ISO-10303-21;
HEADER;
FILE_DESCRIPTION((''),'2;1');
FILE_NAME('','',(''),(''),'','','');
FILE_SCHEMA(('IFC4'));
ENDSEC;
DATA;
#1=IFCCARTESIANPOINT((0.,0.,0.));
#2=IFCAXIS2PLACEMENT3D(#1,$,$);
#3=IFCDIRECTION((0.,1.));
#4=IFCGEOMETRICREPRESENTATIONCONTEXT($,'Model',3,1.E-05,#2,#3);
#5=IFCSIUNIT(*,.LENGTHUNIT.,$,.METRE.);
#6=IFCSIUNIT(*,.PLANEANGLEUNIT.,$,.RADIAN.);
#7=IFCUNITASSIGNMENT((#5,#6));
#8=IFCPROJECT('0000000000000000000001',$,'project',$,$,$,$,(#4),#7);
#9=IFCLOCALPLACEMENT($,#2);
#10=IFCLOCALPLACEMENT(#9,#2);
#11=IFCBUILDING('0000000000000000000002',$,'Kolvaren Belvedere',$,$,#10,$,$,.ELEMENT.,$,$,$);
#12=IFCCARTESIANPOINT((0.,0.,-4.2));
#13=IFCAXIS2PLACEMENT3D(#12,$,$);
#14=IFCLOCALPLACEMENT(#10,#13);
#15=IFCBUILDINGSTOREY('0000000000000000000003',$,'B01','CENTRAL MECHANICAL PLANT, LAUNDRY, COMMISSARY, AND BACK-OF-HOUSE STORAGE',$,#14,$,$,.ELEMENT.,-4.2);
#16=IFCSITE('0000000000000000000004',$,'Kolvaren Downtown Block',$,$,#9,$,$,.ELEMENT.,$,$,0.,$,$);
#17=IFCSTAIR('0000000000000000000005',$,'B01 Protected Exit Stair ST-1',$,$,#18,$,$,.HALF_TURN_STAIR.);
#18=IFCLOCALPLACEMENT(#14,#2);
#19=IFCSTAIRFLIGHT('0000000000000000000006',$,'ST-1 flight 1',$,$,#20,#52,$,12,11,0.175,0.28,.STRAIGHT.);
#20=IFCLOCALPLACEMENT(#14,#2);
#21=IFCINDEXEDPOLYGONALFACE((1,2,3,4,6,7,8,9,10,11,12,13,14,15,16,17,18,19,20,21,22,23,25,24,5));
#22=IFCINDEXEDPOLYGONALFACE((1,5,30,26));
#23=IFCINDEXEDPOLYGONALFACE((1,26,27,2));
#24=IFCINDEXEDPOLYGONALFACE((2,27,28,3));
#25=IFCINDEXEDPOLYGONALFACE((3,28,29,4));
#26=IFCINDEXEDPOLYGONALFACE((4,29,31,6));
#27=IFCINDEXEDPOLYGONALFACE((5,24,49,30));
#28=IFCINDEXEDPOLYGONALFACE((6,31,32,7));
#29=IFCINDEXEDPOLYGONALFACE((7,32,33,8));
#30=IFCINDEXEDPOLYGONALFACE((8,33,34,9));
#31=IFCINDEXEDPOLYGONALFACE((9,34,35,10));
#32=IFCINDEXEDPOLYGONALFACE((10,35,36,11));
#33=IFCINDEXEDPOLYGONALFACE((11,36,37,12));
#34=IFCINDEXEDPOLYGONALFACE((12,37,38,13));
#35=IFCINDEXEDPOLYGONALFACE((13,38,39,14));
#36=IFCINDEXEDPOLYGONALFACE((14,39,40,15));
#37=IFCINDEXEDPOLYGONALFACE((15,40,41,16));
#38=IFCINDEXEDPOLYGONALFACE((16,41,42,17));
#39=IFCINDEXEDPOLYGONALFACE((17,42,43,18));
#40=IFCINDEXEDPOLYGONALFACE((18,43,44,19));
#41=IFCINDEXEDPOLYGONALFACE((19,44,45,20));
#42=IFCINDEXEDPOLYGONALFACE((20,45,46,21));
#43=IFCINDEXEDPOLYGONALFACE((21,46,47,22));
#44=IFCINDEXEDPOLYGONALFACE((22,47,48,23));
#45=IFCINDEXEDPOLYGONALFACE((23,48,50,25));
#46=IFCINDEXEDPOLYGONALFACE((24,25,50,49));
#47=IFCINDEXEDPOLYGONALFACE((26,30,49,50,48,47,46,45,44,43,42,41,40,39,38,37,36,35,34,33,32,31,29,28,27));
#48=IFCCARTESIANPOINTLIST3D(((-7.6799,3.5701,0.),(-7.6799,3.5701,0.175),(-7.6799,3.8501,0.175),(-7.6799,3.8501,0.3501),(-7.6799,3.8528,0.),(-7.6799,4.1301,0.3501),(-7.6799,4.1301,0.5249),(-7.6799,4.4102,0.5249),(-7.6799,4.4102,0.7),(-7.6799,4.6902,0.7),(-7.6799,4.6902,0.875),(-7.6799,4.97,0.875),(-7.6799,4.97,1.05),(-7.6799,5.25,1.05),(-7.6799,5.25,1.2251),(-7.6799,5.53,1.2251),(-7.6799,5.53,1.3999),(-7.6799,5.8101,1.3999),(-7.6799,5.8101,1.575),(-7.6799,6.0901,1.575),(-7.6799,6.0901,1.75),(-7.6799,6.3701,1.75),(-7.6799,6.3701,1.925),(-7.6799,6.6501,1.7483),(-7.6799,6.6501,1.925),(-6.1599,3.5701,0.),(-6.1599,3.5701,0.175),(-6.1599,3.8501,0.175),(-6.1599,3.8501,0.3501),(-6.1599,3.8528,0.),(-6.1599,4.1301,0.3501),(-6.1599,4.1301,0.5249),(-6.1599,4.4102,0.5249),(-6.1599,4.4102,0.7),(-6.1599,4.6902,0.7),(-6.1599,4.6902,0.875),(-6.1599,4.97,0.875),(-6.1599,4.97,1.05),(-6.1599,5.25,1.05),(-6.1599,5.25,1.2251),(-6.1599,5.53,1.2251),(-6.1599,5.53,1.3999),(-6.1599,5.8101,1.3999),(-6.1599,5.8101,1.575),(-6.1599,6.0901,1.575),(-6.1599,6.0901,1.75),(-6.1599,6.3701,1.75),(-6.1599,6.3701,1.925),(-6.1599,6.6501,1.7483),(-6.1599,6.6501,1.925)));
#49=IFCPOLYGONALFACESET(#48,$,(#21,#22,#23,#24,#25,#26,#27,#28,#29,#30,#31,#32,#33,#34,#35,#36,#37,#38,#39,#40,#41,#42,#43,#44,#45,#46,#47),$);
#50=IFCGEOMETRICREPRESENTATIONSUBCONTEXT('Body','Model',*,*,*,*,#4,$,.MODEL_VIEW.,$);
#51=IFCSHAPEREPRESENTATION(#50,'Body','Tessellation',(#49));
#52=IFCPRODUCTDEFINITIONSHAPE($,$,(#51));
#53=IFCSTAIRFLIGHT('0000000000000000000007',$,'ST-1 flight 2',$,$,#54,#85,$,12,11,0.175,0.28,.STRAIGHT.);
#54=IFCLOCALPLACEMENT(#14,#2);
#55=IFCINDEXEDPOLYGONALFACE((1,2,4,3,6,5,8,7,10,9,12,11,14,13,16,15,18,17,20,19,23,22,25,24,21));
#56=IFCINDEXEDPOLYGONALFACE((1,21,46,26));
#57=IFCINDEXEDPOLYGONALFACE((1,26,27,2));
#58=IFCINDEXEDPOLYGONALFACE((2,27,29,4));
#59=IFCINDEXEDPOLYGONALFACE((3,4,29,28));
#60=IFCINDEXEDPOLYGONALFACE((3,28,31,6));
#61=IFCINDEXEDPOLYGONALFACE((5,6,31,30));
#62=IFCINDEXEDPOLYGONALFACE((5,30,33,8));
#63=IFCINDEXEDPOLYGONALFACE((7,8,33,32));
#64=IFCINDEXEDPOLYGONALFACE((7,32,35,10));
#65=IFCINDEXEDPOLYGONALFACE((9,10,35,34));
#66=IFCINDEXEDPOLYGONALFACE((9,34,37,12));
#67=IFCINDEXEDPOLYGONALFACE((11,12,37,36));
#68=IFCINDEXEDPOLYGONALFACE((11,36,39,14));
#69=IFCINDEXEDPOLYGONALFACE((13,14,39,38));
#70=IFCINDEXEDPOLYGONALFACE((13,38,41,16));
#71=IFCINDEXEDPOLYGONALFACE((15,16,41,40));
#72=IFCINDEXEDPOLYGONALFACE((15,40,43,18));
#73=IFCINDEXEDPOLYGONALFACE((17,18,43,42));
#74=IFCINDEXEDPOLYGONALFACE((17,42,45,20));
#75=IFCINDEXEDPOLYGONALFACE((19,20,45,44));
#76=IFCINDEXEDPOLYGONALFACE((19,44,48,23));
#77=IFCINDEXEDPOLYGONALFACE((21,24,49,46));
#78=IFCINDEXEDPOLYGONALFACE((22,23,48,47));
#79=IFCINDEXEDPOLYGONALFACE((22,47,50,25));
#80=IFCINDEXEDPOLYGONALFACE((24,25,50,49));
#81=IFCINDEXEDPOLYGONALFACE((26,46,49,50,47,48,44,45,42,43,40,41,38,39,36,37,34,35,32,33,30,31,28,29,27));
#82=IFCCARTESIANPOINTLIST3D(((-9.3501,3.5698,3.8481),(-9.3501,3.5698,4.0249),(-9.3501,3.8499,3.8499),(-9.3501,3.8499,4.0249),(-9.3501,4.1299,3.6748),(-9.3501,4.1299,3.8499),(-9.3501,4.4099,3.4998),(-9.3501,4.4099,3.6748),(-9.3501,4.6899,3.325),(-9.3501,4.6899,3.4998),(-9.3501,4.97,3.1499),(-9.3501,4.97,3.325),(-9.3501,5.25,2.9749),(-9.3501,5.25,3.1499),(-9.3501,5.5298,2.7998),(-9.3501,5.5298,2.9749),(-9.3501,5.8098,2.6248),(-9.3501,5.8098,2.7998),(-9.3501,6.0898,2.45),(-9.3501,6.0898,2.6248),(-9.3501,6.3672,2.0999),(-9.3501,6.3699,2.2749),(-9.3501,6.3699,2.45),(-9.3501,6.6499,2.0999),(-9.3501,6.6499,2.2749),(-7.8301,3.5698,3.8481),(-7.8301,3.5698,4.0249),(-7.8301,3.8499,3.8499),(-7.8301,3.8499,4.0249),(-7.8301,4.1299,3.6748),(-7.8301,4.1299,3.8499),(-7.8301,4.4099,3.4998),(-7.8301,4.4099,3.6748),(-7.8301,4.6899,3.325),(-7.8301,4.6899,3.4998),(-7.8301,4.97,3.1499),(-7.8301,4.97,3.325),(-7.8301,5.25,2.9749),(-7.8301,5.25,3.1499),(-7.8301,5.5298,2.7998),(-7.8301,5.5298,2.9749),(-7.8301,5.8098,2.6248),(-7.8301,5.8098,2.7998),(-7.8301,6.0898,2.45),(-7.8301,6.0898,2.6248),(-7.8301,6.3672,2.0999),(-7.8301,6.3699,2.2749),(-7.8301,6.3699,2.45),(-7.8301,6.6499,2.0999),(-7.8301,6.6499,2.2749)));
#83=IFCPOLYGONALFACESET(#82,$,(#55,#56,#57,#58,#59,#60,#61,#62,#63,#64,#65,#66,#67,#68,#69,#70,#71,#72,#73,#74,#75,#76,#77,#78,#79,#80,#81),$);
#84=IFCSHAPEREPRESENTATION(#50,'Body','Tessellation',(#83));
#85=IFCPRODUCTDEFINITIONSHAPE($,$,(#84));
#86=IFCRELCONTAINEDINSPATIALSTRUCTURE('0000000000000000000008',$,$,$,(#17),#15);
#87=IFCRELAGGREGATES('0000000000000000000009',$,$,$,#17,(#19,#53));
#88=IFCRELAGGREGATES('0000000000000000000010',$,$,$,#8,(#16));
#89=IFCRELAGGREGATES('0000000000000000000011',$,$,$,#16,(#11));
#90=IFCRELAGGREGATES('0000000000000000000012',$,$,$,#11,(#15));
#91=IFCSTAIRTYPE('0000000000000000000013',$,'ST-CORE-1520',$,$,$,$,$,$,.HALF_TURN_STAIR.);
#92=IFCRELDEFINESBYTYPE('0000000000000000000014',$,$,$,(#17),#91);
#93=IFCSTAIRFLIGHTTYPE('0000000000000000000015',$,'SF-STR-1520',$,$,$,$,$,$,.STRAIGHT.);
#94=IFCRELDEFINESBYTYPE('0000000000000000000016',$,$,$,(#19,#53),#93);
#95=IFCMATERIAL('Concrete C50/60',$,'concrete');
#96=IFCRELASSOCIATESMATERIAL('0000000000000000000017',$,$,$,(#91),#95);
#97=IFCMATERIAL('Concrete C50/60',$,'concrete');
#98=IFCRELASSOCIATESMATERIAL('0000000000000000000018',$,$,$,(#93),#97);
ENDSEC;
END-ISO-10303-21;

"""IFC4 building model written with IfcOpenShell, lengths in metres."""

from ifc_helpers import new_model, si_unit, direction, frame, origin, place, context, subcontext, project, spatial, polyline, outline, extrude, material, type_object, element, aggregate, save


model = new_model("IFC4")

# Units and contexts
model_context = context("Model", 3, precision=1e-05, world=origin(), true_north=direction((0.0, 1.0)))
body_context = subcontext(model_context, "Body", "Model", "MODEL_VIEW")
ifc_project = project(units=[si_unit("LENGTHUNIT", "METRE"), si_unit("PLANEANGLEUNIT", "RADIAN")], contexts=[model_context])

# Site, building, storey
site_placement = place(None, origin())
site = spatial("IfcSite", under=ifc_project, at=site_placement, Name="Kolvaren Downtown Block", CompositionType="ELEMENT", RefElevation=0.0)
building_placement = place(site_placement, origin())
building = spatial("IfcBuilding", under=site, at=building_placement, Name="Kolvaren Belvedere", CompositionType="ELEMENT")
storey_placement = place(building_placement, frame((0.0, 0.0, -4.2)))
storey = spatial("IfcBuildingStorey", under=building, at=storey_placement, Name="B01", Description="CENTRAL MECHANICAL PLANT, LAUNDRY, COMMISSARY, AND BACK-OF-HOUSE STORAGE", CompositionType="ELEMENT", Elevation=-4.2)

# Stair, stair flights
ifc_material_1 = material(Name="Concrete C50/60", Category="concrete")
stair_type = type_object("IfcStairType", Name="ST-CORE-1520", PredefinedType="HALF_TURN_STAIR", material=ifc_material_1)
stair_placement = place(storey_placement, origin())
stair = element("IfcStair", 1, at=stair_placement, inside=storey, type_object=stair_type, Name="B01 Protected Exit Stair ST-1", PredefinedType="HALF_TURN_STAIR")
ifc_material_2 = material(Name="Concrete C50/60", Category="concrete")
stair_flight_type = type_object("IfcStairFlightType", Name="SF-STR-1520", PredefinedType="STRAIGHT", material=ifc_material_2)
stair_flight_1_placement = place(storey_placement, frame((-6.9199, 3.5701, 0.0), z_axis=(0.0, 0.0, 1.0), x_axis=(0.0, 1.0, 0.0)))
stair_flight_1 = element("IfcStairFlight", 2, at=stair_flight_1_placement, type_object=stair_flight_type, Name="ST-1 flight 1", NumberOfRisers=12, NumberOfTreads=11, PredefinedType="STRAIGHT", RiserHeight=0.175, TreadLength=0.28, context=body_context, shape_type="SweptSolid", body=[
    extrude(outline(polyline([(0.0, 0.0), (0.0, 0.175), (0.28, 0.175), (0.28, 0.3501), (0.5601, 0.3501), (0.5601, 0.5249), (0.8401, 0.5249), (0.8401, 0.7), (1.1201, 0.7), (1.1201, 0.875), (1.3999, 0.875), (1.3999, 1.05), (1.6799, 1.05), (1.6799, 1.2251), (1.96, 1.2251), (1.96, 1.3999), (2.24, 1.3999), (2.24, 1.575), (2.52, 1.575), (2.52, 1.75), (2.8, 1.75), (2.8, 1.925), (3.0801, 1.925), (3.0801, 2.1001), (3.0801, 1.7483), (0.2827, 0.0), (0.0, 0.0)])), frame((0.0, 0.76, 0.0), z_axis=(0.0, -1.0, 0.0), x_axis=(1.0, 0.0, 0.0)), (0.0, 0.0, 1.0), 1.52),
])
stair_flight_2_placement = place(storey_placement, frame((-8.5901, 6.6499, 2.0999), z_axis=(0.0, 0.0, 1.0), x_axis=(0.0, -1.0, 0.0)))
stair_flight_2 = element("IfcStairFlight", 3, at=stair_flight_2_placement, type_object=stair_flight_type, Name="ST-1 flight 2", NumberOfRisers=12, NumberOfTreads=11, PredefinedType="STRAIGHT", RiserHeight=0.175, TreadLength=0.28, context=body_context, shape_type="SweptSolid", body=[
    extrude(outline(polyline([(0.0, 0.0), (0.0, 0.175), (0.28, 0.175), (0.28, 0.3501), (0.5601, 0.3501), (0.5601, 0.5249), (0.8401, 0.5249), (0.8401, 0.7), (1.1201, 0.7), (1.1201, 0.875), (1.3999, 0.875), (1.3999, 1.05), (1.6799, 1.05), (1.6799, 1.2251), (1.96, 1.2251), (1.96, 1.3999), (2.24, 1.3999), (2.24, 1.575), (2.52, 1.575), (2.52, 1.75), (2.8, 1.75), (2.8, 1.925), (3.0801, 1.925), (3.0801, 2.1001), (3.0801, 1.7483), (0.2827, 0.0), (0.0, 0.0)])), frame((0.0, 0.76, 0.0), z_axis=(0.0, -1.0, 0.0), x_axis=(1.0, 0.0, 0.0)), (0.0, 0.0, 1.0), 1.52),
])
aggregate(stair, [stair_flight_1, stair_flight_2])

save(model, "model.ifc")
